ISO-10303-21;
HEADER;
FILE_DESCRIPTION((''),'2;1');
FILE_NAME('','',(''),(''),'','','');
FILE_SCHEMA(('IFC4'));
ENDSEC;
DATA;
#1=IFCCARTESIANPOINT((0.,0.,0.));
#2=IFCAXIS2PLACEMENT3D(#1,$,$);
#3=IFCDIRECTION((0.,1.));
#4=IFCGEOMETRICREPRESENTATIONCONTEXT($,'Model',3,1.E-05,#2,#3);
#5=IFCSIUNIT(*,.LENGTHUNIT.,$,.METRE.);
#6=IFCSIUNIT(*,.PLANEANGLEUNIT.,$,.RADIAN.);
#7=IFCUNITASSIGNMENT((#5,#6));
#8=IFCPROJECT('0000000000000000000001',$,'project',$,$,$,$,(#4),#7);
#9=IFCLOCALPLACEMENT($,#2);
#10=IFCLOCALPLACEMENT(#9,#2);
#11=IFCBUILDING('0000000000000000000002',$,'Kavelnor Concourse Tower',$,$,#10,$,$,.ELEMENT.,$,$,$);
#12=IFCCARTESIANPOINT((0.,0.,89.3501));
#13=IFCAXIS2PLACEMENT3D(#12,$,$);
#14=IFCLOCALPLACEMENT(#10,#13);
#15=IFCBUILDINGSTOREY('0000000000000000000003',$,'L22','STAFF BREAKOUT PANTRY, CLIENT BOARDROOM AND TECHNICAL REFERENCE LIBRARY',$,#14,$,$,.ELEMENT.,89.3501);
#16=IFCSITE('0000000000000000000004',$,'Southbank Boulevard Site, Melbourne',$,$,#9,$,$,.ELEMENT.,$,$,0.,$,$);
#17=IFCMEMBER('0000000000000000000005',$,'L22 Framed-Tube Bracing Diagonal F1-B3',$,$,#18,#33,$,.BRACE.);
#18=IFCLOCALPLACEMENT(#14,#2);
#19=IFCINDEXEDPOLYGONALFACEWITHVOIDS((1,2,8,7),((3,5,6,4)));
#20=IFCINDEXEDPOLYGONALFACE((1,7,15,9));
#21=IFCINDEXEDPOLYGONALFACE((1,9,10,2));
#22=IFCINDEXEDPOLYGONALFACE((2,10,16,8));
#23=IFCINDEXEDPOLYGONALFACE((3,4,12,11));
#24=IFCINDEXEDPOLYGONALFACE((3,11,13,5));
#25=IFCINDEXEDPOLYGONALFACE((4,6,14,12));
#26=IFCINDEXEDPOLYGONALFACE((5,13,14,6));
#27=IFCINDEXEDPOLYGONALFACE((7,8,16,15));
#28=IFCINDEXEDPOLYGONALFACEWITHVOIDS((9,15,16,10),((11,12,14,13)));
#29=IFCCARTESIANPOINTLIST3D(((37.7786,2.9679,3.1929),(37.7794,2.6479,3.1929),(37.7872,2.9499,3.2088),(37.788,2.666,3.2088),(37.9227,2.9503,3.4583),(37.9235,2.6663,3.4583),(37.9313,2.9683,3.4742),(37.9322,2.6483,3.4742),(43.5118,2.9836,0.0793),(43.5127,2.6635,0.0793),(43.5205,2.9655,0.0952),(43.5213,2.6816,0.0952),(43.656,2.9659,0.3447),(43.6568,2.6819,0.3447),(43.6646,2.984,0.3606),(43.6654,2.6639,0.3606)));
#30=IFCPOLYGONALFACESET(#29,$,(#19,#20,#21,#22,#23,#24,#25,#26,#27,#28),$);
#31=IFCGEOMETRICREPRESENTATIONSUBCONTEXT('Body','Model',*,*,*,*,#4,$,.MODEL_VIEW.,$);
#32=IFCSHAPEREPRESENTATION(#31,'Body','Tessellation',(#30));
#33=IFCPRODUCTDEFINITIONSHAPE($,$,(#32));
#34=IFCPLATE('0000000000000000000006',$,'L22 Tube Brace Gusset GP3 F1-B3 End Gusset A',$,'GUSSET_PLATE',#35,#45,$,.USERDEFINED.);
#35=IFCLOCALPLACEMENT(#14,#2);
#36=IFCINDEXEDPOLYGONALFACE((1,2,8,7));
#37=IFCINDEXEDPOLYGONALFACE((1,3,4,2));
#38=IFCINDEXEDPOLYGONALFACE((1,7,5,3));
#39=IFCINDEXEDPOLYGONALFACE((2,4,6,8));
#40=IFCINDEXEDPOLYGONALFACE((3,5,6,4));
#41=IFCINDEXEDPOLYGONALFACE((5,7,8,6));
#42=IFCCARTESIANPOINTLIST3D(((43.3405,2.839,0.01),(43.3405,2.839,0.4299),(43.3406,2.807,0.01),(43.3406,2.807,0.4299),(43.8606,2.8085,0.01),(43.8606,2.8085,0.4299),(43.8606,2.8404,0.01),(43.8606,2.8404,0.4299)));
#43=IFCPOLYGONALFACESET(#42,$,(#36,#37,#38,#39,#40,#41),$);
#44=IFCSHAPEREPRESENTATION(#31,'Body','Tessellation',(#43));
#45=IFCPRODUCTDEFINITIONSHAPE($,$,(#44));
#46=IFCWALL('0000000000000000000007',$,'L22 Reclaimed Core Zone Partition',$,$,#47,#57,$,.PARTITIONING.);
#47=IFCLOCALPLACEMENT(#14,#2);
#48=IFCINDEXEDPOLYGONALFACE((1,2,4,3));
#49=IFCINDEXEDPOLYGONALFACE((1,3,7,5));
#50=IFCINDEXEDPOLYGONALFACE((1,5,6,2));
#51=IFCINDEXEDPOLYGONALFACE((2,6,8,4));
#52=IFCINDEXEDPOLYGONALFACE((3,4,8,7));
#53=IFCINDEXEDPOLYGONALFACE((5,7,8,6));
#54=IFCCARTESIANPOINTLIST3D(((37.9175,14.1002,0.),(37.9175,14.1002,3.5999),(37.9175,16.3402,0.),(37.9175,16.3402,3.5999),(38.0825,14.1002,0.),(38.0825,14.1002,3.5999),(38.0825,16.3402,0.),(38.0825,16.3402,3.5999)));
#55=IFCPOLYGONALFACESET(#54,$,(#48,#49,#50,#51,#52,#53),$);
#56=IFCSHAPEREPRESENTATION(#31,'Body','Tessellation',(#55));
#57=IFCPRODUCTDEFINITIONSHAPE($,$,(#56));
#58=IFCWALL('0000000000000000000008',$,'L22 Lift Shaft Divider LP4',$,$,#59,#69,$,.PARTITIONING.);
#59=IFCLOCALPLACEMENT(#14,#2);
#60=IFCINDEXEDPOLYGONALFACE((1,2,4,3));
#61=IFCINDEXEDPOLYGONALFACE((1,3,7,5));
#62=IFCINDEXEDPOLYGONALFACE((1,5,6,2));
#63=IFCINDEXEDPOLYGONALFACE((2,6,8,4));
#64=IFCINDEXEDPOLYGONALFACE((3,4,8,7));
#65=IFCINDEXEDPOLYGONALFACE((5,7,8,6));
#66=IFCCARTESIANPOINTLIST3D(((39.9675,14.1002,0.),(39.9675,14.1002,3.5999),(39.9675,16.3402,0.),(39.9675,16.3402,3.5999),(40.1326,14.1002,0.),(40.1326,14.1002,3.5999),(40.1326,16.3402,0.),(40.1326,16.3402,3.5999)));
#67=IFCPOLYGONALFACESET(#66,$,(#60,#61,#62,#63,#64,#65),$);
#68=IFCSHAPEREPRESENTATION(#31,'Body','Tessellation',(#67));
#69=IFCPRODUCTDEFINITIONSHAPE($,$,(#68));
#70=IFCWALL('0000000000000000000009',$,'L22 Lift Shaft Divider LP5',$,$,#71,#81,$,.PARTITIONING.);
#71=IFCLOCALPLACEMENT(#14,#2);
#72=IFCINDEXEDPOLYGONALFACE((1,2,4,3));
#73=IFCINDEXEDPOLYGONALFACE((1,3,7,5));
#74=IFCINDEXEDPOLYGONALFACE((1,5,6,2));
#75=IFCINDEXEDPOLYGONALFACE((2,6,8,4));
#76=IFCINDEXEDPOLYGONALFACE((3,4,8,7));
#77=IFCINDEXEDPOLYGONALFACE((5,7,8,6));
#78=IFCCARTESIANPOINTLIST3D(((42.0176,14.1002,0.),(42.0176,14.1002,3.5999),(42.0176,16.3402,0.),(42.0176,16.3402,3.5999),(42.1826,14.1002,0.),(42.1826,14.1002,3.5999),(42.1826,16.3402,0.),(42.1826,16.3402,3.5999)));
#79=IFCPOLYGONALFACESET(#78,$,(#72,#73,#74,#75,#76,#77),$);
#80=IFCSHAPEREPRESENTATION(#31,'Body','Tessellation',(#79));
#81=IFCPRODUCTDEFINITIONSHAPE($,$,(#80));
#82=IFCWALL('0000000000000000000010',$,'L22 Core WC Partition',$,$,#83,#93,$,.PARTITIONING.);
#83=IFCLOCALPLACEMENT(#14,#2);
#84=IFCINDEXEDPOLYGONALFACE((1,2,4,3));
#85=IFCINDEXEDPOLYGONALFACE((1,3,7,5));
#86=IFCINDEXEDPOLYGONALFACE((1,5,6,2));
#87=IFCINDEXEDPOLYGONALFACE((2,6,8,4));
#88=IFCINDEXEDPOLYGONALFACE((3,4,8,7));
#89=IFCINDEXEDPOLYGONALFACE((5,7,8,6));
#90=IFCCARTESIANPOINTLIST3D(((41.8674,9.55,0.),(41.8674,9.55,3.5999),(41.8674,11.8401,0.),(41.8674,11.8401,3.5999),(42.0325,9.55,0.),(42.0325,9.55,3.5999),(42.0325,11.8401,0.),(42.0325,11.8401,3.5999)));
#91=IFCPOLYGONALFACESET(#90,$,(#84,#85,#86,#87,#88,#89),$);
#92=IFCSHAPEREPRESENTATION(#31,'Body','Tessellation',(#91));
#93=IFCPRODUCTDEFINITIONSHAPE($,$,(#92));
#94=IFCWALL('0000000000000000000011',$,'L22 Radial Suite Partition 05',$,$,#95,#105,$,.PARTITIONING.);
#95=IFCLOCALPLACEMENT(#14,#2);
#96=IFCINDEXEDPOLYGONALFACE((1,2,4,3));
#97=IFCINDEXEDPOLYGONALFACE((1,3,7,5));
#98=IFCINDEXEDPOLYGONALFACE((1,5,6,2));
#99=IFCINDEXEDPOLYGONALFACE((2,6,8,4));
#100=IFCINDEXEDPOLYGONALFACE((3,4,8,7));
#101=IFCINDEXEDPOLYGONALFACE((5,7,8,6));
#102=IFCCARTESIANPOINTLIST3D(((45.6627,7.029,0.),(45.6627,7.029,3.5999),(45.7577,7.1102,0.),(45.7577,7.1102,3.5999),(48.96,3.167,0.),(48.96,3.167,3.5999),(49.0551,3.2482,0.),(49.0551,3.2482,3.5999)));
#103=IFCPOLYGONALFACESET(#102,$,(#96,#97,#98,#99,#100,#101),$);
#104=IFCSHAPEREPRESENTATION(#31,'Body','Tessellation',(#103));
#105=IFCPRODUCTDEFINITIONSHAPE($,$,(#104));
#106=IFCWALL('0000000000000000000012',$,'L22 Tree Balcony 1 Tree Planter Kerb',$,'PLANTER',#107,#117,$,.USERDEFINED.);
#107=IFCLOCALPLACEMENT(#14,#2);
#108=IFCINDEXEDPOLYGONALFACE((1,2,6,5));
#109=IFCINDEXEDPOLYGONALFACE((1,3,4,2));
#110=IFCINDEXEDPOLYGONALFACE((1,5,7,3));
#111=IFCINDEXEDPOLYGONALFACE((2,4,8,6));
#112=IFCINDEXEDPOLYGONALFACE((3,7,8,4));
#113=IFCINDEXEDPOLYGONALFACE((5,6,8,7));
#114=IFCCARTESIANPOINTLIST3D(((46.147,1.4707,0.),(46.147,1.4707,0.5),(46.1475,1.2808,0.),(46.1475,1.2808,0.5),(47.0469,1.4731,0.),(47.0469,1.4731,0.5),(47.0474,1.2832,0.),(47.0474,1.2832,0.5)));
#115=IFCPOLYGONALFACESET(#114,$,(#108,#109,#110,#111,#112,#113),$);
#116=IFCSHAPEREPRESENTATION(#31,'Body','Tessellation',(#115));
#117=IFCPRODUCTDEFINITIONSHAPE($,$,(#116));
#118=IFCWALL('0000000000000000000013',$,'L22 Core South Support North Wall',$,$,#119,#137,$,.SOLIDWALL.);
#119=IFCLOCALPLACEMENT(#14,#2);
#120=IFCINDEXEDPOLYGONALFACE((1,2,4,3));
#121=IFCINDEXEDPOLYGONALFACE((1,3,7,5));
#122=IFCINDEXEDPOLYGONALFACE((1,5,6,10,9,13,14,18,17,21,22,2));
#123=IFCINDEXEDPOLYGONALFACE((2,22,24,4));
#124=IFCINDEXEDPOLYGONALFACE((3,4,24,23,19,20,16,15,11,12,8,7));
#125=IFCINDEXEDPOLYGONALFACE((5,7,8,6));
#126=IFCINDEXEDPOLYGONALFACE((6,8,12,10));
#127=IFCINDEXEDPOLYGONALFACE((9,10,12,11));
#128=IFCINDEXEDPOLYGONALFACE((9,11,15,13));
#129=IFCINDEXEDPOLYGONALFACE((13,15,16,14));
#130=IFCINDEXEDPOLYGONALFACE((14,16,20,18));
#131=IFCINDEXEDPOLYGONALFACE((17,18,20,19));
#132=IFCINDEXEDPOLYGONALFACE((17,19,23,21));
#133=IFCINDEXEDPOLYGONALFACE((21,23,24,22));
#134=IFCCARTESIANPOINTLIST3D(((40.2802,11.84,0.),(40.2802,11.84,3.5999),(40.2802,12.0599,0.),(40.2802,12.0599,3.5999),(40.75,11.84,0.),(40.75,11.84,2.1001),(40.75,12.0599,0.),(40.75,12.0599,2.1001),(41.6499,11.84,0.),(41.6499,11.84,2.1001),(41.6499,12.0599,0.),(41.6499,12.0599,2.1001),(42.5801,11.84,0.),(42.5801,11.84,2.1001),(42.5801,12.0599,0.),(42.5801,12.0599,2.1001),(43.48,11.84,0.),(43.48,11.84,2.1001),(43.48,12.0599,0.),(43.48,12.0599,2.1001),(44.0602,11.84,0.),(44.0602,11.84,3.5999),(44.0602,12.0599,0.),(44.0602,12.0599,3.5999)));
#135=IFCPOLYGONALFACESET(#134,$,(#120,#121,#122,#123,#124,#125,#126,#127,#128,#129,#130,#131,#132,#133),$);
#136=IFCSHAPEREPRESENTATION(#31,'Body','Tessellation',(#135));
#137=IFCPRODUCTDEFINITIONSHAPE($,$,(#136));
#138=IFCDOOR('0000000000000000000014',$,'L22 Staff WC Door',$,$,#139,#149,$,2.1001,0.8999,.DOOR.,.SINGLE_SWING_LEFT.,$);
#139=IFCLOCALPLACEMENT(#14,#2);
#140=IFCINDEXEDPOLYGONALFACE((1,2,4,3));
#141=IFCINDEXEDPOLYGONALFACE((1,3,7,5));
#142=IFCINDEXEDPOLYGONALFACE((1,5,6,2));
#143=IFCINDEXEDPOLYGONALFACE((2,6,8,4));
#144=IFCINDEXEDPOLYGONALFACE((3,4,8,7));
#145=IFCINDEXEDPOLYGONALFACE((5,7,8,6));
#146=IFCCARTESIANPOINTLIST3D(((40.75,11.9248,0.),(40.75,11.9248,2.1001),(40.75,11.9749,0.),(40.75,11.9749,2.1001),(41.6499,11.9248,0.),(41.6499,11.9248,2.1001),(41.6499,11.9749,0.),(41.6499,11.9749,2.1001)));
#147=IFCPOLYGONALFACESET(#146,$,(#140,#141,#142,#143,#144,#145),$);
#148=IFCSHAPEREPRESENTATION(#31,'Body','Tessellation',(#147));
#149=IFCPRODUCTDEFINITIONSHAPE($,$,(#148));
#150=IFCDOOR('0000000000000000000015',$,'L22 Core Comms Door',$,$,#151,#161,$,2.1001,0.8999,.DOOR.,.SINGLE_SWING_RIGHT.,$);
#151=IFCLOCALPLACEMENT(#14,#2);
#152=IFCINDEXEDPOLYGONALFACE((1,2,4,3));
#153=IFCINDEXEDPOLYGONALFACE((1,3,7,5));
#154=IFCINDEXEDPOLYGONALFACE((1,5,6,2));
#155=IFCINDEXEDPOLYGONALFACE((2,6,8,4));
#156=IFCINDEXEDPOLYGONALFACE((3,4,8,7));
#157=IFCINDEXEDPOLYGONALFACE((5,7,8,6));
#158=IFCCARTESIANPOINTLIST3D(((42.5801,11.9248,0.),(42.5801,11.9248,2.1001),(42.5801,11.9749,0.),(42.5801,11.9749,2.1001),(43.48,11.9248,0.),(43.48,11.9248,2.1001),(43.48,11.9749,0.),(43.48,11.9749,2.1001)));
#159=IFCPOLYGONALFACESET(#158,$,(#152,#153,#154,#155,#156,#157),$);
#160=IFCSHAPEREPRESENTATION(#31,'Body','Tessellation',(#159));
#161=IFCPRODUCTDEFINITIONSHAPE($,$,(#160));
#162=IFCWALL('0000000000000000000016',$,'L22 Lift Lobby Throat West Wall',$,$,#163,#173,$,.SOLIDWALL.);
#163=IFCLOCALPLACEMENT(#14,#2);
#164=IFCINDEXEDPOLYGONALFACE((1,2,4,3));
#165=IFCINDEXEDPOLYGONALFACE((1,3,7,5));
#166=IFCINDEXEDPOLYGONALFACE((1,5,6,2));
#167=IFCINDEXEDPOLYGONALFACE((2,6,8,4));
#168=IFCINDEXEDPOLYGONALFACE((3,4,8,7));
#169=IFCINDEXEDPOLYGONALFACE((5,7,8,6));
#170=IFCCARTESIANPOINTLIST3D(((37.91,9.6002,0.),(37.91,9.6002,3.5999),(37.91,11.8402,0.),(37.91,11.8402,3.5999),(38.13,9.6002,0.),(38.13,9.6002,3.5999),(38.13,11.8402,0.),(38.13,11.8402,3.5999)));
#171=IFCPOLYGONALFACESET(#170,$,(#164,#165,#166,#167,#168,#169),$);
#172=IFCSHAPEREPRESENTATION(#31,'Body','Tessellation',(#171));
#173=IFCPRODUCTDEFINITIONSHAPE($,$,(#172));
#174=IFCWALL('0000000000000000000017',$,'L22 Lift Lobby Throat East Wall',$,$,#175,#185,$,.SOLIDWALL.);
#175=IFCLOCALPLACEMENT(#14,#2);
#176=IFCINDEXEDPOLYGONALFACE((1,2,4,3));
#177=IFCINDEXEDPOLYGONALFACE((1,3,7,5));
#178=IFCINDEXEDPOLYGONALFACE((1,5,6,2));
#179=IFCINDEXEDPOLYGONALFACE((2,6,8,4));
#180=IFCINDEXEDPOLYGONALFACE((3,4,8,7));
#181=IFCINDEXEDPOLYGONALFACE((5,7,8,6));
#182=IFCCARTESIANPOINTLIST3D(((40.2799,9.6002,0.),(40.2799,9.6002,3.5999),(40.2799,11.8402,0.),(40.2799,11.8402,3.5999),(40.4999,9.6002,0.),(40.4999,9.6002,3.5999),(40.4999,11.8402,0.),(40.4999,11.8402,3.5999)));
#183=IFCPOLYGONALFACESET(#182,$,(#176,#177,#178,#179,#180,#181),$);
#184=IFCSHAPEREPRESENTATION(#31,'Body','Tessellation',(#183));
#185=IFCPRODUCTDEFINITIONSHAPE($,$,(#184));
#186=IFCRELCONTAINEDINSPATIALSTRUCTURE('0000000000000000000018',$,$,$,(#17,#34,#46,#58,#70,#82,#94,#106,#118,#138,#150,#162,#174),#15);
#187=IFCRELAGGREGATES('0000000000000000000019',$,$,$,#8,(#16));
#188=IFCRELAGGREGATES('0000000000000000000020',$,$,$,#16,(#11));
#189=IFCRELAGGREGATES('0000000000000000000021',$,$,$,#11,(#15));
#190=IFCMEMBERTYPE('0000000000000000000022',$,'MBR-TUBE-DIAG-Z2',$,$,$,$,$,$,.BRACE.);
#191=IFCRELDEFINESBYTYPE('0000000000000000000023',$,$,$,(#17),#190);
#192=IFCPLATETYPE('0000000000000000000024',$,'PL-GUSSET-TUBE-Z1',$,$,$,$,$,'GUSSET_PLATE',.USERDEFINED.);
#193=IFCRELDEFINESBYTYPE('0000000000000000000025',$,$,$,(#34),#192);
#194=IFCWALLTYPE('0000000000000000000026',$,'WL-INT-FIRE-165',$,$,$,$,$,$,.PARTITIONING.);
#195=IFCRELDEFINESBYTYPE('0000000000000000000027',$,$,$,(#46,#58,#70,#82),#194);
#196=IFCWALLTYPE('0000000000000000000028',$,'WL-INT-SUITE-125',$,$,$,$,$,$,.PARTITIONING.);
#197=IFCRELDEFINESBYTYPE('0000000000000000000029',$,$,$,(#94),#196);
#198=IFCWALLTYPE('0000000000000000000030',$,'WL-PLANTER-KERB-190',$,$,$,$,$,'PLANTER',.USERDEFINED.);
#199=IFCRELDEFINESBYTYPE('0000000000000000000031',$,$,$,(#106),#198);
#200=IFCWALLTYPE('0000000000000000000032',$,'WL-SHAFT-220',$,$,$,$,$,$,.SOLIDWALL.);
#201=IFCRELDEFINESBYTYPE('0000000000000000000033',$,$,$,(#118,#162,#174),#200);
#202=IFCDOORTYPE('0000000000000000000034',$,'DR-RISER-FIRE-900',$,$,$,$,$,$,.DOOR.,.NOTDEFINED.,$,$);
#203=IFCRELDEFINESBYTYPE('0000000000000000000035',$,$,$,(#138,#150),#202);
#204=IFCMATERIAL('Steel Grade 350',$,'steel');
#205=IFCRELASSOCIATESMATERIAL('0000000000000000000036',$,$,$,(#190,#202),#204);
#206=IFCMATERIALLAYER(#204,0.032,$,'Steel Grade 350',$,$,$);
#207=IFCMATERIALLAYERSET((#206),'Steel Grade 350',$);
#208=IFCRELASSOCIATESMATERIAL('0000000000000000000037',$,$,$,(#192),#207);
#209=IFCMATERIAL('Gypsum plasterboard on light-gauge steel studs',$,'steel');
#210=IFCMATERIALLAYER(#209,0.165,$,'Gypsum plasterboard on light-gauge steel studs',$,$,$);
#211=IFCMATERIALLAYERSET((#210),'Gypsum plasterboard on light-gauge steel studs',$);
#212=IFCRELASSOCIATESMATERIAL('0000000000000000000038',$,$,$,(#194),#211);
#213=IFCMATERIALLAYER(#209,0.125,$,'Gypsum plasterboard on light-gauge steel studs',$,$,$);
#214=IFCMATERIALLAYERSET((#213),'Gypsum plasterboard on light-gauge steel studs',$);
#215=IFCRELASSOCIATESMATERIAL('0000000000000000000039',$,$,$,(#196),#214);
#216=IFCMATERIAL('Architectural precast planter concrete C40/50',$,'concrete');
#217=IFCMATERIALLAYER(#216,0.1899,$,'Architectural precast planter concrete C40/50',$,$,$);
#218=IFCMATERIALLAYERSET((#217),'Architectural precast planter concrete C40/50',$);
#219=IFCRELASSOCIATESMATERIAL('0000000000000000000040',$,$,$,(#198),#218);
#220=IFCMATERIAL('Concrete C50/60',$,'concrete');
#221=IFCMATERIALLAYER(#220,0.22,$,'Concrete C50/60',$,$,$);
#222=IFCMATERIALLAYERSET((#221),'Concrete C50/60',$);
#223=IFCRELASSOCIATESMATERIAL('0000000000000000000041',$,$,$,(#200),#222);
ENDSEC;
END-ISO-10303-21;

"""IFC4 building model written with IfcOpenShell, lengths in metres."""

from ifc_helpers import new_model, si_unit, direction, frame, frame_2d, origin, origin_2d, place, context, subcontext, project, spatial, rectangle, hollow_rectangle, extrude, material, layer, layer_set, material_profile, profile_set, type_object, element, fill, save


model = new_model("IFC4")

# Units and contexts
model_context = context("Model", 3, precision=1e-05, world=origin(), true_north=direction((0.0, 1.0)))
body_context = subcontext(model_context, "Body", "Model", "MODEL_VIEW")
ifc_project = project(units=[si_unit("LENGTHUNIT", "METRE"), si_unit("PLANEANGLEUNIT", "RADIAN")], contexts=[model_context])

# Site, building, storey
site_placement = place(None, origin())
site = spatial("IfcSite", under=ifc_project, at=site_placement, Name="Southbank Boulevard Site, Melbourne", CompositionType="ELEMENT", RefElevation=0.0)
building_placement = place(site_placement, origin())
building = spatial("IfcBuilding", under=site, at=building_placement, Name="Kavelnor Concourse Tower", CompositionType="ELEMENT")
storey_placement = place(building_placement, frame((0.0, 0.0, 89.3501)))
storey = spatial("IfcBuildingStorey", under=building, at=storey_placement, Name="L22", Description="STAFF BREAKOUT PANTRY, CLIENT BOARDROOM AND TECHNICAL REFERENCE LIBRARY", CompositionType="ELEMENT", Elevation=89.3501)

# Shared definitions
ifc_material_1 = material(Name="Steel Grade 350", Category="steel")

# Member
ifc_material_profile_1 = material_profile(ifc_material_1, hollow_rectangle(XDim=0.3201, YDim=0.3201, WallThickness=0.0181, at=origin_2d()), Name="SHS 320x320x18")
ifc_profile_set_1 = profile_set([ifc_material_profile_1], Name="Steel Grade 350")
member_type = type_object("IfcMemberType", Name="MBR-TUBE-DIAG-Z2", PredefinedType="BRACE", material=ifc_profile_set_1)
member_placement = place(storey_placement, frame((43.5886, 2.8237, 0.22), z_axis=(-0.878771, -0.002395, 0.477237), x_axis=(0.002725, -0.999996, 0.0)))
element("IfcMember", 1, at=member_placement, inside=storey, type_object=member_type, Name="L22 Framed-Tube Bracing Diagonal F1-B3", PredefinedType="BRACE", context=body_context, shape_type="SweptSolid", body=[
    extrude(hollow_rectangle(XDim=0.3201, YDim=0.3201, WallThickness=0.0181, at=origin_2d()), origin(), (0.0, 0.0, 1.0), 6.5242),
])

# Plate
ifc_layer_1 = layer(ifc_material_1, 0.032, Name="Steel Grade 350")
ifc_layer_set_1 = layer_set([ifc_layer_1], Name="Steel Grade 350")
plate_type = type_object("IfcPlateType", Name="PL-GUSSET-TUBE-Z1", ElementType="GUSSET_PLATE", PredefinedType="USERDEFINED", material=ifc_layer_set_1)
plate_placement = place(storey_placement, frame((43.6006, 2.8237, 0.01), z_axis=(0.0, 0.0, 1.0), x_axis=(-0.999996, -0.002793, 0.0)))
element("IfcPlate", 2, at=plate_placement, inside=storey, type_object=plate_type, Name="L22 Tube Brace Gusset GP3 F1-B3 End Gusset A", ObjectType="GUSSET_PLATE", PredefinedType="USERDEFINED", context=body_context, shape_type="SweptSolid", body=[
    extrude(rectangle(XDim=0.52, YDim=0.032, at=origin_2d()), origin(), (0.0, 0.0, 1.0), 0.4199),
])

# Walls
ifc_material_2 = material(Name="Gypsum plasterboard on light-gauge steel studs", Category="steel")
ifc_layer_2 = layer(ifc_material_2, 0.165, Name="Gypsum plasterboard on light-gauge steel studs")
ifc_layer_set_2 = layer_set([ifc_layer_2], Name="Gypsum plasterboard on light-gauge steel studs")
wall_type_1 = type_object("IfcWallType", Name="WL-INT-FIRE-165", PredefinedType="PARTITIONING", material=ifc_layer_set_2)
for number, where, z_axis, x_axis, name in (
    (3, (38.0, 14.1001, 0.0), (0.0, 0.0, 1.0), (0.0, 1.0, 0.0), "L22 Reclaimed Core Zone Partition"),
    (4, (40.05, 14.1001, 0.0), (0.0, 0.0, 1.0), (0.0, 1.0, 0.0), "L22 Lift Shaft Divider LP4"),
    (5, (42.1001, 14.1001, 0.0), (0.0, 0.0, 1.0), (0.0, 1.0, 0.0), "L22 Lift Shaft Divider LP5"),
):
    element("IfcWall", number, at=place(storey_placement, frame(where, z_axis=z_axis, x_axis=x_axis)), inside=storey, type_object=wall_type_1, Name=name, PredefinedType="PARTITIONING", context=body_context, shape_type="SweptSolid", body=[
        extrude(rectangle(XDim=2.24, YDim=0.165, at=frame_2d((1.1201, 0.0))), origin(), (0.0, 0.0, 1.0), 3.5999),
    ])
wall_1_placement = place(storey_placement, frame((41.95, 9.55, 0.0), z_axis=(0.0, 0.0, 1.0), x_axis=(0.0, 1.0, 0.0)))
element("IfcWall", 6, at=wall_1_placement, inside=storey, type_object=wall_type_1, Name="L22 Core WC Partition", PredefinedType="PARTITIONING", context=body_context, shape_type="SweptSolid", body=[
    extrude(rectangle(XDim=2.29, YDim=0.165, at=frame_2d((1.145, 0.0))), origin(), (0.0, 0.0, 1.0), 3.5999),
])
ifc_layer_3 = layer(ifc_material_2, 0.125, Name="Gypsum plasterboard on light-gauge steel studs")
ifc_layer_set_3 = layer_set([ifc_layer_3], Name="Gypsum plasterboard on light-gauge steel studs")
wall_type_2 = type_object("IfcWallType", Name="WL-INT-SUITE-125", PredefinedType="PARTITIONING", material=ifc_layer_set_3)
wall_2_placement = place(storey_placement, frame((45.7102, 7.0696, 0.0), z_axis=(0.0, 0.0, 1.0), x_axis=(0.649317, -0.760518, 0.0)))
element("IfcWall", 7, at=wall_2_placement, inside=storey, type_object=wall_type_2, Name="L22 Radial Suite Partition 05", PredefinedType="PARTITIONING", context=body_context, shape_type="SweptSolid", body=[
    extrude(rectangle(XDim=5.0781, YDim=0.125, at=frame_2d((2.5391, 0.0))), origin(), (0.0, 0.0, 1.0), 3.5999),
])
ifc_material_3 = material(Name="Architectural precast planter concrete C40/50", Category="concrete")
ifc_layer_4 = layer(ifc_material_3, 0.1899, Name="Architectural precast planter concrete C40/50")
ifc_layer_set_4 = layer_set([ifc_layer_4], Name="Architectural precast planter concrete C40/50")
wall_type_3 = type_object("IfcWallType", Name="WL-PLANTER-KERB-190", ElementType="PLANTER", PredefinedType="USERDEFINED", material=ifc_layer_set_4)
wall_3_placement = place(storey_placement, frame((46.1472, 1.3757, 0.0), z_axis=(0.0, 0.0, 1.0), x_axis=(0.999996, 0.002713, 0.0)))
element("IfcWall", 8, at=wall_3_placement, inside=storey, type_object=wall_type_3, Name="L22 Tree Balcony 1 Tree Planter Kerb", ObjectType="PLANTER", PredefinedType="USERDEFINED", context=body_context, shape_type="SweptSolid", body=[
    extrude(rectangle(XDim=0.8999, YDim=0.1899, at=frame_2d((0.45, 0.0))), origin(), (0.0, 0.0, 1.0), 0.5),
])

# Wall, openings, doors
ifc_material_4 = material(Name="Concrete C50/60", Category="concrete")
ifc_layer_5 = layer(ifc_material_4, 0.22, Name="Concrete C50/60")
ifc_layer_set_5 = layer_set([ifc_layer_5], Name="Concrete C50/60")
wall_type_4 = type_object("IfcWallType", Name="WL-SHAFT-220", PredefinedType="SOLIDWALL", material=ifc_layer_set_5)
wall_4_placement = place(storey_placement, frame((40.28, 11.95, 0.0), z_axis=(0.0, 0.0, 1.0), x_axis=(1.0, 0.0, 0.0)))
wall_4 = element("IfcWall", 9, at=wall_4_placement, inside=storey, type_object=wall_type_4, Name="L22 Core South Support North Wall", PredefinedType="SOLIDWALL", context=body_context, shape_type="SweptSolid", body=[
    extrude(rectangle(XDim=3.78, YDim=0.22, at=frame_2d((1.8901, 0.0))), origin(), (0.0, 0.0, 1.0), 3.5999),
])
opening_1_placement = place(wall_4_placement, frame((0.47, 0.0, 0.0)))
opening_1 = element("IfcOpeningElement", 10, at=opening_1_placement, cuts=wall_4, PredefinedType="OPENING", context=body_context, shape_type="SweptSolid", body=[
    extrude(rectangle(XDim=0.8999, YDim=2.1001, at=frame_2d((0.45, 1.05))), frame((0.0, 0.1201, 0.0), z_axis=(0.0, -1.0, 0.0), x_axis=(1.0, 0.0, 0.0)), (0.0, 0.0, 1.0), 0.24),
])
opening_2_placement = place(wall_4_placement, frame((2.3, 0.0, 0.0)))
opening_2 = element("IfcOpeningElement", 11, at=opening_2_placement, cuts=wall_4, PredefinedType="OPENING", context=body_context, shape_type="SweptSolid", body=[
    extrude(rectangle(XDim=0.8999, YDim=2.1001, at=frame_2d((0.45, 1.05))), frame((0.0, 0.1201, 0.0), z_axis=(0.0, -1.0, 0.0), x_axis=(1.0, 0.0, 0.0)), (0.0, 0.0, 1.0), 0.24),
])
door_type_1 = type_object("IfcDoorType", Name="DR-RISER-FIRE-900", OperationType="NOTDEFINED", PredefinedType="DOOR", material=ifc_material_1)
door_1_placement = place(opening_1_placement, origin())
door_1 = element("IfcDoor", 12, at=door_1_placement, inside=storey, type_object=door_type_1, Name="L22 Staff WC Door", OperationType="SINGLE_SWING_LEFT", OverallHeight=2.1001, OverallWidth=0.8999, PredefinedType="DOOR", context=body_context, shape_type="SweptSolid", body=[
    extrude(rectangle(XDim=0.8999, YDim=2.1001, at=frame_2d((0.45, 1.05))), frame((0.0, 0.0249, 0.0), z_axis=(0.0, -1.0, 0.0), x_axis=(1.0, 0.0, 0.0)), (0.0, 0.0, 1.0), 0.05),
])
fill(opening_1, door_1)
door_2_placement = place(opening_2_placement, origin())
door_2 = element("IfcDoor", 13, at=door_2_placement, inside=storey, type_object=door_type_1, Name="L22 Core Comms Door", OperationType="SINGLE_SWING_RIGHT", OverallHeight=2.1001, OverallWidth=0.8999, PredefinedType="DOOR", context=body_context, shape_type="SweptSolid", body=[
    extrude(rectangle(XDim=0.8999, YDim=2.1001, at=frame_2d((0.45, 1.05))), frame((0.0, 0.0249, 0.0), z_axis=(0.0, -1.0, 0.0), x_axis=(1.0, 0.0, 0.0)), (0.0, 0.0, 1.0), 0.05),
])
fill(opening_2, door_2)

# Walls
for number, where, z_axis, x_axis, name in (
    (14, (38.02, 9.6001, 0.0), (0.0, 0.0, 1.0), (0.0, 1.0, 0.0), "L22 Lift Lobby Throat West Wall"),
    (15, (40.3899, 9.6001, 0.0), (0.0, 0.0, 1.0), (0.0, 1.0, 0.0), "L22 Lift Lobby Throat East Wall"),
):
    element("IfcWall", number, at=place(storey_placement, frame(where, z_axis=z_axis, x_axis=x_axis)), inside=storey, type_object=wall_type_4, Name=name, PredefinedType="SOLIDWALL", context=body_context, shape_type="SweptSolid", body=[
        extrude(rectangle(XDim=2.24, YDim=0.22, at=frame_2d((1.1201, 0.0))), origin(), (0.0, 0.0, 1.0), 3.5999),
    ])

save(model, "model.ifc")
